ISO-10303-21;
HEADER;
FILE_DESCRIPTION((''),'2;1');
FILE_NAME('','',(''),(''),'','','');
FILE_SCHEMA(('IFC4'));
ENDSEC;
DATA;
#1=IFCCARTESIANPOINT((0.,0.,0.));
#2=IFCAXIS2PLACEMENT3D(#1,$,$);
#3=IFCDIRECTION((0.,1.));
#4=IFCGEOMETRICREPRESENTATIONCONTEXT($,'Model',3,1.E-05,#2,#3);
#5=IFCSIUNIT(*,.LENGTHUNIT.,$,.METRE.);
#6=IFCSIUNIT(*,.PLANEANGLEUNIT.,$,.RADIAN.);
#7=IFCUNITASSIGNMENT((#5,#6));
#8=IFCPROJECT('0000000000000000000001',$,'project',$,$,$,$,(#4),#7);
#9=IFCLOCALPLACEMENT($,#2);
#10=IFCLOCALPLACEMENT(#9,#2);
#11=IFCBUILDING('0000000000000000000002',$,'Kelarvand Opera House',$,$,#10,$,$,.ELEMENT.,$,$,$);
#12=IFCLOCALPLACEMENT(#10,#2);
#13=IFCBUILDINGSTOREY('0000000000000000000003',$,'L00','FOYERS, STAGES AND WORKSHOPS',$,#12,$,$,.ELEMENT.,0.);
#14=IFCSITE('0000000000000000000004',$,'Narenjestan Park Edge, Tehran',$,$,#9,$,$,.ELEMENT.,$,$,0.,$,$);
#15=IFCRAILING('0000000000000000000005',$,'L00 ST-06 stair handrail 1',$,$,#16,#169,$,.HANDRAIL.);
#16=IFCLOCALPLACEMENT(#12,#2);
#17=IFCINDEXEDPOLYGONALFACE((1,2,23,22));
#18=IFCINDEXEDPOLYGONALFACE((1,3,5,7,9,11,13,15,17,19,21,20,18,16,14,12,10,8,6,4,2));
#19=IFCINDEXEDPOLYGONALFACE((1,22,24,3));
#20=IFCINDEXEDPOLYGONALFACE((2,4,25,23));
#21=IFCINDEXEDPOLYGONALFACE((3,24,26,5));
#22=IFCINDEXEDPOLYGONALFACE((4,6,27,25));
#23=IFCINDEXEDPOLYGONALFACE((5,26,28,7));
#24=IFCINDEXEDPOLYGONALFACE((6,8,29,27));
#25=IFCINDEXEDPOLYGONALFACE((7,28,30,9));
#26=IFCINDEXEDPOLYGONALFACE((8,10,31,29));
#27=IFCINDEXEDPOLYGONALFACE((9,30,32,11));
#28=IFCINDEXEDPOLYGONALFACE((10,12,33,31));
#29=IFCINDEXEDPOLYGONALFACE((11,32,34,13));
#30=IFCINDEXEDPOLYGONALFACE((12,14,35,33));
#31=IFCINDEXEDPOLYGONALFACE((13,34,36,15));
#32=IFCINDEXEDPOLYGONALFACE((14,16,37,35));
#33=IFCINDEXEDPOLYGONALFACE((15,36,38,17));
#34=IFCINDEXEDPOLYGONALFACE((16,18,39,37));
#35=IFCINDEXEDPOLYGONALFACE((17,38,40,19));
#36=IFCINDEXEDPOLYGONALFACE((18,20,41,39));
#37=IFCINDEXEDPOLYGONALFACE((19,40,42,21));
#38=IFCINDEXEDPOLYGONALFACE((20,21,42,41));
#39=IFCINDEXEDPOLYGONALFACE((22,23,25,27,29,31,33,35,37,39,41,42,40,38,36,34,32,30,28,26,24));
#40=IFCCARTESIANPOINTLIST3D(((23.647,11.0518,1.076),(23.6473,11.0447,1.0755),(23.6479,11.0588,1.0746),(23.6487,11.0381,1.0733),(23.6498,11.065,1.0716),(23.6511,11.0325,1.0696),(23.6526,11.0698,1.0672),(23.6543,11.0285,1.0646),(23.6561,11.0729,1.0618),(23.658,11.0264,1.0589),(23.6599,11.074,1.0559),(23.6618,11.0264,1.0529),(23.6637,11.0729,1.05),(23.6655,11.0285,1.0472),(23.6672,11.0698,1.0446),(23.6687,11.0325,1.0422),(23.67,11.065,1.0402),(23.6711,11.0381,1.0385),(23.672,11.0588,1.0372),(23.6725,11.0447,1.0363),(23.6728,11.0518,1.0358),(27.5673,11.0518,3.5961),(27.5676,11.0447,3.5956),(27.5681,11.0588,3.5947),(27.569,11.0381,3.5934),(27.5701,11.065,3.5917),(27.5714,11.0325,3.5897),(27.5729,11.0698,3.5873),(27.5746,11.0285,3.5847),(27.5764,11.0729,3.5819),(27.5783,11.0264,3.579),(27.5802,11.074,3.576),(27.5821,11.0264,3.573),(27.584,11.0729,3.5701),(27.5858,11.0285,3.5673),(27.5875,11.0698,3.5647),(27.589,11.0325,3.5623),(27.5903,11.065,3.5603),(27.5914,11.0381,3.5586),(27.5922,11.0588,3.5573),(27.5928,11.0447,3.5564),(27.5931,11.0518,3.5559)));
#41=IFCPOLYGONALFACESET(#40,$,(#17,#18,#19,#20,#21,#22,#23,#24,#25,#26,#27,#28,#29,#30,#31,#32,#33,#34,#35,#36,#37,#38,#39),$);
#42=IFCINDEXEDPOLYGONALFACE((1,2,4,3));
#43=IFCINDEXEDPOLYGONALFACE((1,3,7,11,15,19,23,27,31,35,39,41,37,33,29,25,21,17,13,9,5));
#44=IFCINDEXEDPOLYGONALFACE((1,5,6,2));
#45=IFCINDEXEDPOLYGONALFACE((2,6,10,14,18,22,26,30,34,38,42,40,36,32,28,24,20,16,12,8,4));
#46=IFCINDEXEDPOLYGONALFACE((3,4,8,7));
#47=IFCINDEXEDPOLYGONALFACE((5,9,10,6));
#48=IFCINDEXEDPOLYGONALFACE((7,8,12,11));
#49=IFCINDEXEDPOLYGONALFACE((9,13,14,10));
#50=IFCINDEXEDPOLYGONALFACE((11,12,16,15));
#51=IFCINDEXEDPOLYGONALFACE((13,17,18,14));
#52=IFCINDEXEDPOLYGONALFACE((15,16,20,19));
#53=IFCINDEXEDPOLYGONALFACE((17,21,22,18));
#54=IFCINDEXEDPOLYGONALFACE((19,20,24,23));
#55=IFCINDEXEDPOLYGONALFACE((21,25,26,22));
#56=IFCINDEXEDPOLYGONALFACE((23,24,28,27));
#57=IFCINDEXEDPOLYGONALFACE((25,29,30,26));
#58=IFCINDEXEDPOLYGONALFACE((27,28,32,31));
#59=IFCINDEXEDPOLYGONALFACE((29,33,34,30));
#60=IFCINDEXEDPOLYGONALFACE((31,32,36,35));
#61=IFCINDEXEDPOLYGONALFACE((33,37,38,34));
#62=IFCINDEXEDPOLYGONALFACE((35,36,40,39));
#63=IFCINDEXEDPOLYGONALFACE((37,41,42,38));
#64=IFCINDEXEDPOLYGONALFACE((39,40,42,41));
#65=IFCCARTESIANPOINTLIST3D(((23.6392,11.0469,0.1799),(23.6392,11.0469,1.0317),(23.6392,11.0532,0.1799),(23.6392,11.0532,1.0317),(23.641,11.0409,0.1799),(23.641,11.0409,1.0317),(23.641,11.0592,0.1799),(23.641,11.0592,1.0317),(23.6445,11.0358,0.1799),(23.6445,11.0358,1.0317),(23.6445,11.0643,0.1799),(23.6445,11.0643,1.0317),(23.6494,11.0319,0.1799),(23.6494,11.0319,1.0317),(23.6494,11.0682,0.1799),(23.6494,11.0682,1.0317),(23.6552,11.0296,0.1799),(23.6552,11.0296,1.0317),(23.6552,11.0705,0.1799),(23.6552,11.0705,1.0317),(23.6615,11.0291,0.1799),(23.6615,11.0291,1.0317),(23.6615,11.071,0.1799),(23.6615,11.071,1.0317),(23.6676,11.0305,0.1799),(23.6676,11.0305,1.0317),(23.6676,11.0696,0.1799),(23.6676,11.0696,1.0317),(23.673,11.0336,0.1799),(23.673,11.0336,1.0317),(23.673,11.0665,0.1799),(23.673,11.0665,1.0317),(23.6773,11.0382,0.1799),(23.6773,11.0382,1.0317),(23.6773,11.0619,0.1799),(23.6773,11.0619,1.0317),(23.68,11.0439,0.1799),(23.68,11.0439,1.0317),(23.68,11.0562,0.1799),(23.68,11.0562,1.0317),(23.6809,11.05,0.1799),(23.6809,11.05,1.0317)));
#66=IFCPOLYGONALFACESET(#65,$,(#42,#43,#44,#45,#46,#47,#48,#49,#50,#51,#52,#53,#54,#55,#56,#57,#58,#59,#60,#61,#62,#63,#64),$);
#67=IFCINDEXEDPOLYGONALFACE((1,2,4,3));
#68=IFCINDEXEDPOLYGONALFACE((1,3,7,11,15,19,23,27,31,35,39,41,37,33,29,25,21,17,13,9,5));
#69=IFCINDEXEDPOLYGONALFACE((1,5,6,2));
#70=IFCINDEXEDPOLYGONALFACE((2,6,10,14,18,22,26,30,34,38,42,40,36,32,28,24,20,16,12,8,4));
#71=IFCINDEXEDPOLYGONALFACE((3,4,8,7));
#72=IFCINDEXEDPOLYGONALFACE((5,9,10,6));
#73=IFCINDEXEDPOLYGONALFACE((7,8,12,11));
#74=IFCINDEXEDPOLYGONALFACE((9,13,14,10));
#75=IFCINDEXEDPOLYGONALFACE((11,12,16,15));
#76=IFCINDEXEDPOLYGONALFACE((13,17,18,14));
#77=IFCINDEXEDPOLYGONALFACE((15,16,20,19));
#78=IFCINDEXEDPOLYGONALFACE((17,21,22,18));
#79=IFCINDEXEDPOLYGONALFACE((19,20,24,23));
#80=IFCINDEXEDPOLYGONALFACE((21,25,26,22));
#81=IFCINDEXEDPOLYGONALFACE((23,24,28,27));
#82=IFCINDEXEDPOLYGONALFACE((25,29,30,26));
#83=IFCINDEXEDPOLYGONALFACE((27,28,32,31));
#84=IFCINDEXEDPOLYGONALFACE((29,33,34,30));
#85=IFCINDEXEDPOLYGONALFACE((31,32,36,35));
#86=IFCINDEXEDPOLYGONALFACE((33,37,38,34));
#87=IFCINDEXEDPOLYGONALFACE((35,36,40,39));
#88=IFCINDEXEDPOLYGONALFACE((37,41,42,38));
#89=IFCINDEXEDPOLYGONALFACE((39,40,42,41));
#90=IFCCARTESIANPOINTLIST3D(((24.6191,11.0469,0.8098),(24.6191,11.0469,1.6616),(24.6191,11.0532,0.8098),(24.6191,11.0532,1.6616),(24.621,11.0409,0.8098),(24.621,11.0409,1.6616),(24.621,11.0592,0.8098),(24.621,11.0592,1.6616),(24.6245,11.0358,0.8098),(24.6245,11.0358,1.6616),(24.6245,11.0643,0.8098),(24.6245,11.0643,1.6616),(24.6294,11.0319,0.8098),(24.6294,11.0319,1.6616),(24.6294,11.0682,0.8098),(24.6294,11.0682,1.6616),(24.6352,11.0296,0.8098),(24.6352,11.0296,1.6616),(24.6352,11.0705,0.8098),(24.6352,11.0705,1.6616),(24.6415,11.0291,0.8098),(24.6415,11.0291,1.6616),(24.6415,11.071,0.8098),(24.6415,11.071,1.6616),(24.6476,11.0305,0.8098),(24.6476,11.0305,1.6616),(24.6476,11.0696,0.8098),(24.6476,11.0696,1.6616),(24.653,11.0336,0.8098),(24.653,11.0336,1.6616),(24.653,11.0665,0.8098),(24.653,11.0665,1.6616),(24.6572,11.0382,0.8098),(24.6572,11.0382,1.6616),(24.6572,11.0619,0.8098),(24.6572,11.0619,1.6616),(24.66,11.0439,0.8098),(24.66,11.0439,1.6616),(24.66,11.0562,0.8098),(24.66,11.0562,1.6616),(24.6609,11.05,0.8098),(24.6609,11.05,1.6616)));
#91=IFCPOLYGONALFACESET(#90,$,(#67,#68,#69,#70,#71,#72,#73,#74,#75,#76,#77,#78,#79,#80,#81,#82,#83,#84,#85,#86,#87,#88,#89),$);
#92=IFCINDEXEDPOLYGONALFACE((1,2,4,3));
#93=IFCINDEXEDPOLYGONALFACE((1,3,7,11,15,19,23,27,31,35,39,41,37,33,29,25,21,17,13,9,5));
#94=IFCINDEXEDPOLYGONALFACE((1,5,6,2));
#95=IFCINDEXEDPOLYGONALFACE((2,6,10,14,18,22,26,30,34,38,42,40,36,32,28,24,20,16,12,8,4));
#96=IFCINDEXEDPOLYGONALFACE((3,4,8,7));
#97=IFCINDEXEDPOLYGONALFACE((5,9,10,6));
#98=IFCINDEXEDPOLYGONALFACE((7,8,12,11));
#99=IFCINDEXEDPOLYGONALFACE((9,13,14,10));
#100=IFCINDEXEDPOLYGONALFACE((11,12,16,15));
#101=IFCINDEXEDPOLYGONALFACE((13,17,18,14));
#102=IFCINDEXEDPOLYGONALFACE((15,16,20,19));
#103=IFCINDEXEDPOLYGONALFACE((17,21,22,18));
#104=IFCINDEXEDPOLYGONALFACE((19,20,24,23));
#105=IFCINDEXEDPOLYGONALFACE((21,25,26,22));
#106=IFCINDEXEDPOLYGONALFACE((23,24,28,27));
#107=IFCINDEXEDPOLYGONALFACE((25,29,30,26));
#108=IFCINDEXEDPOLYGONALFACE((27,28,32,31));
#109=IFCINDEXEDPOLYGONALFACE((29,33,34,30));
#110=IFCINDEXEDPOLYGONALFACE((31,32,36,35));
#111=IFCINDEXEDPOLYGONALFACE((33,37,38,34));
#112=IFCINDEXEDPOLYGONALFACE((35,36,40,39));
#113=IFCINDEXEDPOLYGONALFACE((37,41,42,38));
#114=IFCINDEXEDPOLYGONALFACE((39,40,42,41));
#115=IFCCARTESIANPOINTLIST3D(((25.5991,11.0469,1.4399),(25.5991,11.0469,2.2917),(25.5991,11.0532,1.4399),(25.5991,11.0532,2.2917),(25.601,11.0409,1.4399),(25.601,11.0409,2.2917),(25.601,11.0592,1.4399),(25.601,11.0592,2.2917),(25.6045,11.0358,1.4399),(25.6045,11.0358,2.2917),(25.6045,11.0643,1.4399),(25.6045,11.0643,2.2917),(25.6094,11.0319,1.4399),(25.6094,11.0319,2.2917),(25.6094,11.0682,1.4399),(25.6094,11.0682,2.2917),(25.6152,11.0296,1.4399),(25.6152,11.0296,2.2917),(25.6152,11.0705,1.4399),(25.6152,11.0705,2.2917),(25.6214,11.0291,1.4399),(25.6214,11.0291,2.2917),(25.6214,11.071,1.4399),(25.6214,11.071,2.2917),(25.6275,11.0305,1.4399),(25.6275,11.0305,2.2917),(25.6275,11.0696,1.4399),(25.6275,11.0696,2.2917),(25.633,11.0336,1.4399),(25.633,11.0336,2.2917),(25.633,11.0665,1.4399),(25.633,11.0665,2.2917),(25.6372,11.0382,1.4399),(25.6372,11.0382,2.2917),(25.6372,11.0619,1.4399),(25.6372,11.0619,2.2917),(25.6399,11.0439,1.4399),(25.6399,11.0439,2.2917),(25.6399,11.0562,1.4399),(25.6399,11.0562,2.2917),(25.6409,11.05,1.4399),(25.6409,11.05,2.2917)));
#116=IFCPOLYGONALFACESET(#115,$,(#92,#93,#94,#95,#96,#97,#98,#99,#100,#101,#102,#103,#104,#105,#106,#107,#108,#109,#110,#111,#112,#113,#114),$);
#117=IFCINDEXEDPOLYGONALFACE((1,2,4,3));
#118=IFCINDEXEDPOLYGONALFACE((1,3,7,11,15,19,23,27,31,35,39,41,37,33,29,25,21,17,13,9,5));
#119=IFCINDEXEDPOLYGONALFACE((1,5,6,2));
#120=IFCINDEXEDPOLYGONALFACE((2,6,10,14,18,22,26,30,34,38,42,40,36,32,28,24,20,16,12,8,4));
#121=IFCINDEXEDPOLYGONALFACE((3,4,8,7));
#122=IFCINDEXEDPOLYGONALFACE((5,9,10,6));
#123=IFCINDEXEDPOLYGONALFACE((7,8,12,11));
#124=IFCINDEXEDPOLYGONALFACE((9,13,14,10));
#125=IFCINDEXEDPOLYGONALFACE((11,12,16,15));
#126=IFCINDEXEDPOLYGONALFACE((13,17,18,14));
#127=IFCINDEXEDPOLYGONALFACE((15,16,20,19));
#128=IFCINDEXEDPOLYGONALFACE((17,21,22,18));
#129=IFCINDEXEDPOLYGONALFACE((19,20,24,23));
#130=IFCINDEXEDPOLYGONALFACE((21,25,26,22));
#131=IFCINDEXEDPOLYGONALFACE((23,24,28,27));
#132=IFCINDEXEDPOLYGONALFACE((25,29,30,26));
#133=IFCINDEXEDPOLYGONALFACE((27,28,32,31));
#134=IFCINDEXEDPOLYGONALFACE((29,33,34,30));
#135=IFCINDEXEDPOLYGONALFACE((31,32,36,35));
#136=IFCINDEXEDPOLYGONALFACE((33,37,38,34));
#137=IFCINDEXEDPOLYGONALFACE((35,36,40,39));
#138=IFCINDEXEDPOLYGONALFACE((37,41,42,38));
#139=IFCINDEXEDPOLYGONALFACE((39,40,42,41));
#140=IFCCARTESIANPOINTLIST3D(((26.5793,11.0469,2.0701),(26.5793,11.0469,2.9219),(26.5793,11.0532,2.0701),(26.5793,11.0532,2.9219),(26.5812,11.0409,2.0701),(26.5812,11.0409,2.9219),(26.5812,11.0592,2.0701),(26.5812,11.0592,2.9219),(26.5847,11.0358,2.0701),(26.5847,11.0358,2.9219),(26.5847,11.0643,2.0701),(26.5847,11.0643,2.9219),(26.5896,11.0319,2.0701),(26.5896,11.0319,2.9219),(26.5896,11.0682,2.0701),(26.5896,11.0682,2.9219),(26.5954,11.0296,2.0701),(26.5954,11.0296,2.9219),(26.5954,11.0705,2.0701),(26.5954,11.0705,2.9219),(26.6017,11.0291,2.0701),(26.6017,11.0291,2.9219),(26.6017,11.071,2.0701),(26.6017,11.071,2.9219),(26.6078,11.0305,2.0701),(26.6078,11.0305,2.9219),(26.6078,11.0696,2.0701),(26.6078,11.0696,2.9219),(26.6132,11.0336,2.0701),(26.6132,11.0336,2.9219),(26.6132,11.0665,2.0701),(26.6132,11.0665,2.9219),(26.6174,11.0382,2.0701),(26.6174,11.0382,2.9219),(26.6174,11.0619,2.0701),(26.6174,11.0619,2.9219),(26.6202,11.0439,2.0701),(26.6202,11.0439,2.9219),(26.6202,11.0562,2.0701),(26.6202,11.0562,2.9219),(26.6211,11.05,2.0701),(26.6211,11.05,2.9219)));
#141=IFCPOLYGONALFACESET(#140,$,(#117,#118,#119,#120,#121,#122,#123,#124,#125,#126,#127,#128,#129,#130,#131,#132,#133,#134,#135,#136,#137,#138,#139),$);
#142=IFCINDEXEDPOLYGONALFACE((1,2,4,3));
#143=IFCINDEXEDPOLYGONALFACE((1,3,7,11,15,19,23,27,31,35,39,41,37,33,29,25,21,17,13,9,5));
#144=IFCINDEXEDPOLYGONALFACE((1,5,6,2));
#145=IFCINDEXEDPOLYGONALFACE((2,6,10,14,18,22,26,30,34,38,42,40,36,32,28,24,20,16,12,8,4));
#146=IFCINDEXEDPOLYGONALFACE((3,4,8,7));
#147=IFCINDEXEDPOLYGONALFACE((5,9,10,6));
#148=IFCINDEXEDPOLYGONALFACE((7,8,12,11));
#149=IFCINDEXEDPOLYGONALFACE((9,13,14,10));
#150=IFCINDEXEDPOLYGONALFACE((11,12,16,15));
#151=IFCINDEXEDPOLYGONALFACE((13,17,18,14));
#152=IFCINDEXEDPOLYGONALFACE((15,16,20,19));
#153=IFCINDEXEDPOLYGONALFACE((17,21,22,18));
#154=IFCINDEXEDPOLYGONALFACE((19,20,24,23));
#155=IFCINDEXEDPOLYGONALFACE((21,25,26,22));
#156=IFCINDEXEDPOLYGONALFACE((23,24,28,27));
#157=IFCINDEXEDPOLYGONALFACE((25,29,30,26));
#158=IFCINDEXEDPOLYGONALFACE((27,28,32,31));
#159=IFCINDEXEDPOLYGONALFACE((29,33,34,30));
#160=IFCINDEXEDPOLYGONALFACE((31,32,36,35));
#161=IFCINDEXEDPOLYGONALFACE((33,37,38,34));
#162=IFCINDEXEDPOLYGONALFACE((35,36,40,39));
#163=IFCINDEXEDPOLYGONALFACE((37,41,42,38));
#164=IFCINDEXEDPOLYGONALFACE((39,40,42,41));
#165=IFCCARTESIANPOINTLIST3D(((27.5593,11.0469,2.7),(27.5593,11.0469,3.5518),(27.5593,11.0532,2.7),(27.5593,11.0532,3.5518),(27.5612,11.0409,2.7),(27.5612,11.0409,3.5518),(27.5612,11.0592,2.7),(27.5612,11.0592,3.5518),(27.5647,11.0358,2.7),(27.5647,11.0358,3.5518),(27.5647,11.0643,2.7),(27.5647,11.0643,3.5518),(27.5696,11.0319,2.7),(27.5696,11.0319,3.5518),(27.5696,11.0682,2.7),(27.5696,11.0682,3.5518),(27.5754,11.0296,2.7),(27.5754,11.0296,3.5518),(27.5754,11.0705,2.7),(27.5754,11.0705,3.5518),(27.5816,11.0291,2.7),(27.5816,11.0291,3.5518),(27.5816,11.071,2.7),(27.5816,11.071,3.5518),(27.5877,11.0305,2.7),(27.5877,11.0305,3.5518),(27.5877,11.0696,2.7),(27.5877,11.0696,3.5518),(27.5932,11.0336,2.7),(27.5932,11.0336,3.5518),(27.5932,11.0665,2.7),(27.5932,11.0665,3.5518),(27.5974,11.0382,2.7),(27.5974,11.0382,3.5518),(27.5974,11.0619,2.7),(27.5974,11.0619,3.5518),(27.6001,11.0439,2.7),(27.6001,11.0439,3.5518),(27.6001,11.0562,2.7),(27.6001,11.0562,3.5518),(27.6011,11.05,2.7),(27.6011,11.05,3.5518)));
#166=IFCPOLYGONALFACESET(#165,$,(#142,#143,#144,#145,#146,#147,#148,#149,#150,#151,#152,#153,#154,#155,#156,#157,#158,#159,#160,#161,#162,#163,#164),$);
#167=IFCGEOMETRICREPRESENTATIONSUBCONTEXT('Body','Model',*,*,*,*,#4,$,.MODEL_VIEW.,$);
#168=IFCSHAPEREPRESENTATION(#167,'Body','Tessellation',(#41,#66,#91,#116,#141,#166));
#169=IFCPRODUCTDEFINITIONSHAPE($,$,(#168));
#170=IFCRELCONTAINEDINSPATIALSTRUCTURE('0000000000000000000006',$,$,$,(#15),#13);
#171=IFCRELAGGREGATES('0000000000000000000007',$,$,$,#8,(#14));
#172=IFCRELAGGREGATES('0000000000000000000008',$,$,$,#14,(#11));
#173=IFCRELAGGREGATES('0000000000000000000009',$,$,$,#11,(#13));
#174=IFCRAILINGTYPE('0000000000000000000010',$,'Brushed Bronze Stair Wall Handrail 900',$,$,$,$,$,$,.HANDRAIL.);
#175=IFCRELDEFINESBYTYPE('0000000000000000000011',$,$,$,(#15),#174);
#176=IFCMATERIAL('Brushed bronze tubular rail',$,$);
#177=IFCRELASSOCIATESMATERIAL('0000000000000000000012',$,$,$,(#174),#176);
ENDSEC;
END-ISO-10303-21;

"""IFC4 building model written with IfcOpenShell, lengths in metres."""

from ifc_helpers import new_model, si_unit, direction, frame, origin, origin_2d, place, context, subcontext, project, spatial, circle, extrude, material, type_object, element, save


model = new_model("IFC4")

# Units and contexts
model_context = context("Model", 3, precision=1e-05, world=origin(), true_north=direction((0.0, 1.0)))
body_context = subcontext(model_context, "Body", "Model", "MODEL_VIEW")
ifc_project = project(units=[si_unit("LENGTHUNIT", "METRE"), si_unit("PLANEANGLEUNIT", "RADIAN")], contexts=[model_context])

# Site, building, storey
site_placement = place(None, origin())
site = spatial("IfcSite", under=ifc_project, at=site_placement, Name="Narenjestan Park Edge, Tehran", CompositionType="ELEMENT", RefElevation=0.0)
building_placement = place(site_placement, origin())
building = spatial("IfcBuilding", under=site, at=building_placement, Name="Kelarvand Opera House", CompositionType="ELEMENT")
storey_placement = place(building_placement, origin())
storey = spatial("IfcBuildingStorey", under=building, at=storey_placement, Name="L00", Description="FOYERS, STAGES AND WORKSHOPS", CompositionType="ELEMENT", Elevation=0.0)

# Railing
ifc_material_1 = material(Name="Brushed bronze tubular rail")
railing_type_1 = type_object("IfcRailingType", Name="Brushed Bronze Stair Wall Handrail 900", PredefinedType="HANDRAIL", material=ifc_material_1)
railing_1_placement = place(storey_placement, frame((23.6599, 11.05, 0.1799)))
element("IfcRailing", 1, at=railing_1_placement, inside=storey, type_object=railing_type_1, Name="L00 ST-06 stair handrail 1", PredefinedType="HANDRAIL", context=body_context, shape_type="SweptSolid", body=[
    extrude(circle(Radius=0.0239, at=origin_2d()), frame((0.0, 0.0, 0.876), z_axis=(0.841187, 0.0, 0.540744), x_axis=(0.0, 1.0, 0.0)), (0.0, 0.0, 1.0), 4.6604),
    extrude(circle(Radius=0.021, at=origin_2d()), origin(), (0.0, 0.0, 1.0), 0.8518),
    extrude(circle(Radius=0.021, at=origin_2d()), frame((0.98, 0.0, 0.6299)), (0.0, 0.0, 1.0), 0.8518),
    extrude(circle(Radius=0.021, at=origin_2d()), frame((1.96, 0.0, 1.26)), (0.0, 0.0, 1.0), 0.8518),
    extrude(circle(Radius=0.021, at=origin_2d()), frame((2.9402, 0.0, 1.8901)), (0.0, 0.0, 1.0), 0.8518),
    extrude(circle(Radius=0.021, at=origin_2d()), frame((3.9202, 0.0, 2.52)), (0.0, 0.0, 1.0), 0.8518),
])

save(model, "model.ifc")
